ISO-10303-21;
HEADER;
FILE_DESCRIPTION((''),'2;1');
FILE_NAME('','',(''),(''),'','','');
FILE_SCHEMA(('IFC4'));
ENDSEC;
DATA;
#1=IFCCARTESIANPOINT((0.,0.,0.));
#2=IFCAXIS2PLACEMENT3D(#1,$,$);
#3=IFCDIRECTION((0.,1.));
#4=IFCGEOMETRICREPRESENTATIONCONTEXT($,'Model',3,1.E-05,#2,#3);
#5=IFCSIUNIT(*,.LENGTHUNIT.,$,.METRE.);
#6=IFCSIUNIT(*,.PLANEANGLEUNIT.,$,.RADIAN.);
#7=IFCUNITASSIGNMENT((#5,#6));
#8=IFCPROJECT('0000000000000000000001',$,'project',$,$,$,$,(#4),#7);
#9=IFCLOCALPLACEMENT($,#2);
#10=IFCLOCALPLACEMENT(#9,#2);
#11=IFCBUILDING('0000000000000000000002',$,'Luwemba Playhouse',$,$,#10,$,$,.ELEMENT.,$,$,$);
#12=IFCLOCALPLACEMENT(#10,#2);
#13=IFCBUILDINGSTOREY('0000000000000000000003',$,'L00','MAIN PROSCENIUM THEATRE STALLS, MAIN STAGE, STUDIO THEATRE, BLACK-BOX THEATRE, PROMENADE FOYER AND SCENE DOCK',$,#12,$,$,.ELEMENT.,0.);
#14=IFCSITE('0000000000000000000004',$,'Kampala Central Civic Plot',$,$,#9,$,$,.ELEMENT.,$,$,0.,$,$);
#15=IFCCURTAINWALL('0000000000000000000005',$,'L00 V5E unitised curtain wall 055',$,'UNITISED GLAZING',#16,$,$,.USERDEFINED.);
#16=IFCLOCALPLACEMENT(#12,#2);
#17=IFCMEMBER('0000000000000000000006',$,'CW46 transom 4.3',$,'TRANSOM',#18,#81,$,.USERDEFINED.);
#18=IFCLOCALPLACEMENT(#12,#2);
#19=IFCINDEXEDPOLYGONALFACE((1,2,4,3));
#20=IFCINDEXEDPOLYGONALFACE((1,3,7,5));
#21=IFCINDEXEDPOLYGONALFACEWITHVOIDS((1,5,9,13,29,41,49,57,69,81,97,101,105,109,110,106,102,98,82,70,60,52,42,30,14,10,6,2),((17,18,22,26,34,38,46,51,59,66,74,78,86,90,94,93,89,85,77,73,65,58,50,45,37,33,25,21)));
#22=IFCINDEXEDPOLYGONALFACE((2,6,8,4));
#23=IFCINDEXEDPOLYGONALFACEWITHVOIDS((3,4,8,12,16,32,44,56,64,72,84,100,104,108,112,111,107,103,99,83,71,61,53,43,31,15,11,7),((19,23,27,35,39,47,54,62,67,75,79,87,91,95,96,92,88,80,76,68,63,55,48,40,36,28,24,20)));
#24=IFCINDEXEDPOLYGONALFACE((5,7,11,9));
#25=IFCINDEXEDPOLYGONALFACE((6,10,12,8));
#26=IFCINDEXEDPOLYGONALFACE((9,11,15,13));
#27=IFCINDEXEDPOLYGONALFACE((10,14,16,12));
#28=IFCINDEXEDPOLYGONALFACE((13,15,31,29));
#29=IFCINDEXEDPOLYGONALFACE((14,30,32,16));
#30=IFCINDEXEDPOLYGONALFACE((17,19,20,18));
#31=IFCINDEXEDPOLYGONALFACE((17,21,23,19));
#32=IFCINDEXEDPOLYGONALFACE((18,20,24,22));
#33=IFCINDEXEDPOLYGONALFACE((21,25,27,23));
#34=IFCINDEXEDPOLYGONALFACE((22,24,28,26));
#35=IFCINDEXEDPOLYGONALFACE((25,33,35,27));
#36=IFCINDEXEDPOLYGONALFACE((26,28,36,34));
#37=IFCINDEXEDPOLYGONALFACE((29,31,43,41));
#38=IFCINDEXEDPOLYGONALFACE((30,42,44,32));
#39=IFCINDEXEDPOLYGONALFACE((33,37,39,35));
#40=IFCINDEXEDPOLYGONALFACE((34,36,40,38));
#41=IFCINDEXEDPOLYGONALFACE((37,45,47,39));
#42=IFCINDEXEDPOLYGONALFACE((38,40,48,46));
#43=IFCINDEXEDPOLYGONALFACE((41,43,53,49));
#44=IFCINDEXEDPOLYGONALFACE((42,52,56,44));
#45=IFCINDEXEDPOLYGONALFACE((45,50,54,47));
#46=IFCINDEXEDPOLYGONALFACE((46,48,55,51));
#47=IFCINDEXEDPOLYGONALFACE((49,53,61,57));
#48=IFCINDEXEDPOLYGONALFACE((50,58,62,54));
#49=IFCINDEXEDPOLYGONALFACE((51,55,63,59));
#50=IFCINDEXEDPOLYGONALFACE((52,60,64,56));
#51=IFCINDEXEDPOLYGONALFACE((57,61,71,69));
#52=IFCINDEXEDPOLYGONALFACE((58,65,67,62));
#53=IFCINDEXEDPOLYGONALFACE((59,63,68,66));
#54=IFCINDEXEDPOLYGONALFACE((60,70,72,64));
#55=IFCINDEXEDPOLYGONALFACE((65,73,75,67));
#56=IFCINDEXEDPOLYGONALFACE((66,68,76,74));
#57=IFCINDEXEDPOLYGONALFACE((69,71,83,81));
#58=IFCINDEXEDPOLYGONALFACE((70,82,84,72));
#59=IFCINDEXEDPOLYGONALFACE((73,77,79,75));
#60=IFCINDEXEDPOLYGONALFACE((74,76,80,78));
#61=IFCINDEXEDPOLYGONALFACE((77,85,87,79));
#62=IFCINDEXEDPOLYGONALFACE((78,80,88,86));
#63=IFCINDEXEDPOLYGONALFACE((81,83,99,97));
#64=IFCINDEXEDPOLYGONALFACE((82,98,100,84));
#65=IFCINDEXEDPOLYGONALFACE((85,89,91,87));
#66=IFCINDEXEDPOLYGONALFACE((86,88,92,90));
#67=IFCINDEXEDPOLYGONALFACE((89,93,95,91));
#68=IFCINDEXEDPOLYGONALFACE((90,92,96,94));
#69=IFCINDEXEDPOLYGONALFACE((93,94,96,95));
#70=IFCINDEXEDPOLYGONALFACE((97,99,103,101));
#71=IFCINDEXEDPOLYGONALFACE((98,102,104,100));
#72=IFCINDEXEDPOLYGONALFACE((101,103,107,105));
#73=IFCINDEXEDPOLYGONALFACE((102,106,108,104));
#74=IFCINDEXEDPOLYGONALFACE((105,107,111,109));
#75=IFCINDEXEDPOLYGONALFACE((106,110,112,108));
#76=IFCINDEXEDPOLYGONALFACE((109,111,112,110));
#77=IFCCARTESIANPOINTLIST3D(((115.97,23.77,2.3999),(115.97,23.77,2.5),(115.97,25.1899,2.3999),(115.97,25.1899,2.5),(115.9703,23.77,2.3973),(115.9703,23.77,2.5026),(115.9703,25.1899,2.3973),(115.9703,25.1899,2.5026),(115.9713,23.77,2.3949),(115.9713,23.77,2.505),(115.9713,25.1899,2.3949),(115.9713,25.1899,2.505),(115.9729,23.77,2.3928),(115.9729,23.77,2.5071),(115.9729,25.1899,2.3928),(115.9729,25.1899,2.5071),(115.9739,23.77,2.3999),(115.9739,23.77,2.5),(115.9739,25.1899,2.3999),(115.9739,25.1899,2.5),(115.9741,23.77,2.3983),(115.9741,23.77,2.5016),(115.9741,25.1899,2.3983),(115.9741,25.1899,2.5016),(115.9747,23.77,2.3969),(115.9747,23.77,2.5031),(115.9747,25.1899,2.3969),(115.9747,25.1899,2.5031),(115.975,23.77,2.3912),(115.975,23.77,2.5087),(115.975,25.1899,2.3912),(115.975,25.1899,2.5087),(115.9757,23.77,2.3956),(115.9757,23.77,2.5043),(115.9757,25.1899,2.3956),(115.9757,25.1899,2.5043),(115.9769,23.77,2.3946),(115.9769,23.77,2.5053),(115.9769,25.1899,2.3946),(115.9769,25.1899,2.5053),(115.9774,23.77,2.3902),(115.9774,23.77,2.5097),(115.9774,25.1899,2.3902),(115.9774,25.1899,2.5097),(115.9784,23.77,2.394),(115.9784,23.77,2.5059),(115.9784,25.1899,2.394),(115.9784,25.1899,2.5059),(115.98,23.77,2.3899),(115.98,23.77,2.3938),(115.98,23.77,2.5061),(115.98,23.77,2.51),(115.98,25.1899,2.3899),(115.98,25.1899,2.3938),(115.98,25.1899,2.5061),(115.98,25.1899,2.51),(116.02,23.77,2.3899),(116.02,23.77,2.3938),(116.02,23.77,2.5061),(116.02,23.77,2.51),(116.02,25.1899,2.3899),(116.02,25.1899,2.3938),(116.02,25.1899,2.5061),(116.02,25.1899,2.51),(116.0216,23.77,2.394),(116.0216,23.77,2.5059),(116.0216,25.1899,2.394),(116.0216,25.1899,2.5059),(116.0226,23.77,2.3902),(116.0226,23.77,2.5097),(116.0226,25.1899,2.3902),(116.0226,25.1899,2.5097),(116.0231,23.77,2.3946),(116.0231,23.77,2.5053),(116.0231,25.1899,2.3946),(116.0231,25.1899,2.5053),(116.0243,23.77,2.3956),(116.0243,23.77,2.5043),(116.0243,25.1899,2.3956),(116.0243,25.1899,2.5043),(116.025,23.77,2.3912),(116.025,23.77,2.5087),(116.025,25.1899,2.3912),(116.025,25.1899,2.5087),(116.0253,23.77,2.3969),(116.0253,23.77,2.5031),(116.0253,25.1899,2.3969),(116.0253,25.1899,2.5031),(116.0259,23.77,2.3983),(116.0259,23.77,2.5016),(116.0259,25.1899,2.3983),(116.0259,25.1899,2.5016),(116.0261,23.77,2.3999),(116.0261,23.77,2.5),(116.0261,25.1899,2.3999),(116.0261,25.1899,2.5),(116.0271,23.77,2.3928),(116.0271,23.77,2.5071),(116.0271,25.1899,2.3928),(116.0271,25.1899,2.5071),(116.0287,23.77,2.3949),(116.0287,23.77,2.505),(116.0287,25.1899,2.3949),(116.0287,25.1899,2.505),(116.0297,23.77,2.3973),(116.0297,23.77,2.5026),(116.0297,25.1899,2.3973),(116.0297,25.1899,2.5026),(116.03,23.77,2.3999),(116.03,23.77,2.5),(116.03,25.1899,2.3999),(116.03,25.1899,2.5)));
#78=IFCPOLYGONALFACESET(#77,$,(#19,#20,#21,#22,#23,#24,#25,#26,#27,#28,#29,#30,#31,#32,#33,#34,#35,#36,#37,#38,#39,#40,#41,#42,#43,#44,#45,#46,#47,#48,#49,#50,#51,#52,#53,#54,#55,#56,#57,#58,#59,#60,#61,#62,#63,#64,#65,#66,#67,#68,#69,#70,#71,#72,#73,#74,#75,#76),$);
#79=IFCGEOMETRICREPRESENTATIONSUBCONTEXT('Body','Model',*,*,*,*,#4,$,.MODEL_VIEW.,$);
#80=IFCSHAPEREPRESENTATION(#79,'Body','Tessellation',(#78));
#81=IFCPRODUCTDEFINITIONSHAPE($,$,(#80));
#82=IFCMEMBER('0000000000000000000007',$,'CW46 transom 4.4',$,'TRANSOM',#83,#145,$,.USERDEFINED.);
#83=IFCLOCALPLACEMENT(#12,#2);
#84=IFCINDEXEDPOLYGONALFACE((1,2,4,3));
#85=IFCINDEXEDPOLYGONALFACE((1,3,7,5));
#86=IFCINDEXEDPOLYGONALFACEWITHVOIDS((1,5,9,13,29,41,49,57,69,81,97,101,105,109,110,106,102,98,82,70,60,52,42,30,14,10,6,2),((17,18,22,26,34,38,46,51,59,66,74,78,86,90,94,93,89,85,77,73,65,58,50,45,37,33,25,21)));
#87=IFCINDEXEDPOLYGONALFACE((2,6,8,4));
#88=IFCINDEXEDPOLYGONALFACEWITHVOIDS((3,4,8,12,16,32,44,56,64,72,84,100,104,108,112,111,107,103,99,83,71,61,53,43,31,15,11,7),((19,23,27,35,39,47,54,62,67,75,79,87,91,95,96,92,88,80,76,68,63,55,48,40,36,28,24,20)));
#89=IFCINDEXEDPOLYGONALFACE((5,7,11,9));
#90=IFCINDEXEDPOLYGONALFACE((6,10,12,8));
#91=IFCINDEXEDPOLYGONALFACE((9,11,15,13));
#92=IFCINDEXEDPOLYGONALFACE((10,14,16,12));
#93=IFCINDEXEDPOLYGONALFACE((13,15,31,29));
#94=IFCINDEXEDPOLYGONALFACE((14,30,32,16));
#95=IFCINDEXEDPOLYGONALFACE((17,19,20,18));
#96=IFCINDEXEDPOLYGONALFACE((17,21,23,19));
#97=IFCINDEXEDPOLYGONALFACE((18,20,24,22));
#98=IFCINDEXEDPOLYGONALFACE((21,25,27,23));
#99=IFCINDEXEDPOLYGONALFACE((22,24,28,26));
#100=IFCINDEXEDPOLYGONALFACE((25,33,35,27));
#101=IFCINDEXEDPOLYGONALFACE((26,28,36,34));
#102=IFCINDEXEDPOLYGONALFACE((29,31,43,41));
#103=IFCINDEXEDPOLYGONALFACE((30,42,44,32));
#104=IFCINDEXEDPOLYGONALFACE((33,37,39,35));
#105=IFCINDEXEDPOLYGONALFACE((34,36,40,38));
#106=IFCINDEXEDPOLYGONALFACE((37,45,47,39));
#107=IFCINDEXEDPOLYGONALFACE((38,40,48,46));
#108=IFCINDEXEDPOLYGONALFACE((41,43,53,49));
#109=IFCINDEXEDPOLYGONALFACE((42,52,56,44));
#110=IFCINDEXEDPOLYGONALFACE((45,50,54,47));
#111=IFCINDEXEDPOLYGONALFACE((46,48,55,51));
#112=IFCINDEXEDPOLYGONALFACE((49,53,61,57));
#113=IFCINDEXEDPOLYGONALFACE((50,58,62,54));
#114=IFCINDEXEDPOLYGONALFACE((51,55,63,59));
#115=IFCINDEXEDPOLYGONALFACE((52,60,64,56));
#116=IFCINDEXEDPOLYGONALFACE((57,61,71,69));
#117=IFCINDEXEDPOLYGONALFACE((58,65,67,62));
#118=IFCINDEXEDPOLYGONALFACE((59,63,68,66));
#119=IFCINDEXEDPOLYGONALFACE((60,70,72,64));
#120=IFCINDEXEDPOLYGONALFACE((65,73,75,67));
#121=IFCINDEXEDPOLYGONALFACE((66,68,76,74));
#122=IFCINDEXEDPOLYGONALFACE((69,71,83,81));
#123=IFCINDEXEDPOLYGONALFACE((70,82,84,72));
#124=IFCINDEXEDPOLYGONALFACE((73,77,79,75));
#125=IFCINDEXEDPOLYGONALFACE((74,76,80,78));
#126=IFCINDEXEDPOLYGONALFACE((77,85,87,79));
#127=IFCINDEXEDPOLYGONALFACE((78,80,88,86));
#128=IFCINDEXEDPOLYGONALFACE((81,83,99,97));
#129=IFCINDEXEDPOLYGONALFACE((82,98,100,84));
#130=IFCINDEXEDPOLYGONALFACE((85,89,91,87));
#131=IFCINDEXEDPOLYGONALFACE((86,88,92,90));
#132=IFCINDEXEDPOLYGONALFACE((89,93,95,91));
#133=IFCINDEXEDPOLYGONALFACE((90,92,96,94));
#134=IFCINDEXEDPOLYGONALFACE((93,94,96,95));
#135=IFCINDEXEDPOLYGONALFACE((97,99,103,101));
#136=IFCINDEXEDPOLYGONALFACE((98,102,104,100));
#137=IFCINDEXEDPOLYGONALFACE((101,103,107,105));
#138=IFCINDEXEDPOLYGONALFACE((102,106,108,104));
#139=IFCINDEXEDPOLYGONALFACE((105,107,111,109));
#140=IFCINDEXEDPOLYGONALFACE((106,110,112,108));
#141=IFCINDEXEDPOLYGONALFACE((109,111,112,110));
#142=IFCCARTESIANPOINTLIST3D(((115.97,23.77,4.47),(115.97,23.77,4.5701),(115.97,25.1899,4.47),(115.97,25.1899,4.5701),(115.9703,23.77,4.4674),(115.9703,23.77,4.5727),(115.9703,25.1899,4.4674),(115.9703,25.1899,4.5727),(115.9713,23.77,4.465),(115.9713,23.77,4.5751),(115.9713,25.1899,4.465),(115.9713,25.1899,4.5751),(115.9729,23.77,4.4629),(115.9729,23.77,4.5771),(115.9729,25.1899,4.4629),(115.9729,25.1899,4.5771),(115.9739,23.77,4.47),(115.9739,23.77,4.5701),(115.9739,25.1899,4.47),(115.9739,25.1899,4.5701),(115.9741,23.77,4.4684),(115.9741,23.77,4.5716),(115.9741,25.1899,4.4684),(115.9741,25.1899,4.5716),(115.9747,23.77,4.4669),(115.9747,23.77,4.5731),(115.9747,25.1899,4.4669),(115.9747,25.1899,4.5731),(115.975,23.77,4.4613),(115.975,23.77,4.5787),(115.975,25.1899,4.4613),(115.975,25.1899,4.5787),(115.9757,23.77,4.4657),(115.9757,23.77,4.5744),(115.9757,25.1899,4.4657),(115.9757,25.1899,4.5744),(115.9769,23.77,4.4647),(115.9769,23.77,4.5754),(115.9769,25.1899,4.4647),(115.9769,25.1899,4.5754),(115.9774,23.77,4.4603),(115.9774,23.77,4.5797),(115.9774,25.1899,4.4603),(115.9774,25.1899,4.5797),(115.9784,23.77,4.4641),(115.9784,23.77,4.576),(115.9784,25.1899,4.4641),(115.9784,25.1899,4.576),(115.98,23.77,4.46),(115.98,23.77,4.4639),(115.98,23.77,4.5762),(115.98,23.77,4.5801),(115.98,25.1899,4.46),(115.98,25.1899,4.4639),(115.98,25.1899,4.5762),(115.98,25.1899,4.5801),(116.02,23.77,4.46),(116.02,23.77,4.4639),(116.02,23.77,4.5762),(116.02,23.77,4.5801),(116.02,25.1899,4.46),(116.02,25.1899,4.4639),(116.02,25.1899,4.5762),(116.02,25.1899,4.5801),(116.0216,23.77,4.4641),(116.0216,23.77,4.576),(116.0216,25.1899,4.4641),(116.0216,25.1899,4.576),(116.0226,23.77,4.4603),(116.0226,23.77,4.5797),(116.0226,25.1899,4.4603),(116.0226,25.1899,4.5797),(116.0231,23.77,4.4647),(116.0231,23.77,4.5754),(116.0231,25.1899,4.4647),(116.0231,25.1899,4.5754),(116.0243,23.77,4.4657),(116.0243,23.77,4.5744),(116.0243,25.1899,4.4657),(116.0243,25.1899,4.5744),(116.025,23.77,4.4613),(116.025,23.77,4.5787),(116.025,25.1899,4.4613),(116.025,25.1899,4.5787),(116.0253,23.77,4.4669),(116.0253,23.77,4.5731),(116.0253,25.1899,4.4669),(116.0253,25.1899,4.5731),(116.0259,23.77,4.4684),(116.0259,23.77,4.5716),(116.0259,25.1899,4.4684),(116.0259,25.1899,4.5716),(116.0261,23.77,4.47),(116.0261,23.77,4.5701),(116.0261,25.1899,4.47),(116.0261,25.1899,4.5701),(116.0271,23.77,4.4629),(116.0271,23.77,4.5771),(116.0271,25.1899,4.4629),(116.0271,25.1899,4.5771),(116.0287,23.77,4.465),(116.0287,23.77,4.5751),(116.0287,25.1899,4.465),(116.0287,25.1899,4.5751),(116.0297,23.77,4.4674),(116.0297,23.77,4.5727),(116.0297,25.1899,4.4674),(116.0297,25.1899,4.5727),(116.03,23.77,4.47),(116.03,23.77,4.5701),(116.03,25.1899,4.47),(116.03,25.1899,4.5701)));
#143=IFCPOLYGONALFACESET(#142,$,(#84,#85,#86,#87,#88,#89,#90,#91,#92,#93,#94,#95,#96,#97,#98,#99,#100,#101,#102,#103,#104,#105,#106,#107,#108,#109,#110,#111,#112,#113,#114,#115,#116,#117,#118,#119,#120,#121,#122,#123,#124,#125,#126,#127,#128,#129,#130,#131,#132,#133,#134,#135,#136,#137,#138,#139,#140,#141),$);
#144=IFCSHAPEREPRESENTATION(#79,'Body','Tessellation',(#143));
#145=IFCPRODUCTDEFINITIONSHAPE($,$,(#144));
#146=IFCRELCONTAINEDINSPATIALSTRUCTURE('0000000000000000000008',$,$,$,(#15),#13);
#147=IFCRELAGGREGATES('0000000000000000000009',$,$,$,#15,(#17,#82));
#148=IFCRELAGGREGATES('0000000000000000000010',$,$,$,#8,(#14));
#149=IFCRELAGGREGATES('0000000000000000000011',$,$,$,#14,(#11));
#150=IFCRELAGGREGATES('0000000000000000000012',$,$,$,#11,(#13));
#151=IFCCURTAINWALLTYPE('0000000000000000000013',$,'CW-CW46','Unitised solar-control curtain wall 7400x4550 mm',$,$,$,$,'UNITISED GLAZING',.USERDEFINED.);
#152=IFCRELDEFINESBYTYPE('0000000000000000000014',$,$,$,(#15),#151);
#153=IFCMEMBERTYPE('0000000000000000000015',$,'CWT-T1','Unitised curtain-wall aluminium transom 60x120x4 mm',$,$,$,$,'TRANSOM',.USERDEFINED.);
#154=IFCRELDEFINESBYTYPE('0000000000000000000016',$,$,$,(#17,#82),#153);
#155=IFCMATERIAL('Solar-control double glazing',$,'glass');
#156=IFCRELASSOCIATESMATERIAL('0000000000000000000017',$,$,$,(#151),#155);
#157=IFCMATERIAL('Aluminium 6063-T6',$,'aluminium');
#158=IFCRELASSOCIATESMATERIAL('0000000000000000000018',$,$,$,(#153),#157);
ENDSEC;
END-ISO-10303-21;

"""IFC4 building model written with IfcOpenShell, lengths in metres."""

from ifc_helpers import new_model, si_unit, direction, frame, origin, origin_2d, place, context, subcontext, project, spatial, hollow_rectangle, extrude, material, material_profile, profile_set, type_object, element, aggregate, save


model = new_model("IFC4")

# Units and contexts
model_context = context("Model", 3, precision=1e-05, world=origin(), true_north=direction((0.0, 1.0)))
body_context = subcontext(model_context, "Body", "Model", "MODEL_VIEW")
ifc_project = project(units=[si_unit("LENGTHUNIT", "METRE"), si_unit("PLANEANGLEUNIT", "RADIAN")], contexts=[model_context])

# Site, building, storey
site_placement = place(None, origin())
site = spatial("IfcSite", under=ifc_project, at=site_placement, Name="Kampala Central Civic Plot", CompositionType="ELEMENT", RefElevation=0.0)
building_placement = place(site_placement, origin())
building = spatial("IfcBuilding", under=site, at=building_placement, Name="Luwemba Playhouse", CompositionType="ELEMENT")
storey_placement = place(building_placement, origin())
storey = spatial("IfcBuildingStorey", under=building, at=storey_placement, Name="L00", Description="MAIN PROSCENIUM THEATRE STALLS, MAIN STAGE, STUDIO THEATRE, BLACK-BOX THEATRE, PROMENADE FOYER AND SCENE DOCK", CompositionType="ELEMENT", Elevation=0.0)

# Curtain wall, members
ifc_material_1 = material(Name="Solar-control double glazing", Category="glass")
curtain_wall_type = type_object("IfcCurtainWallType", Name="CW-CW46", Description="Unitised solar-control curtain wall 7400x4550 mm", ElementType="UNITISED GLAZING", PredefinedType="USERDEFINED", material=ifc_material_1)
curtain_wall_placement = place(storey_placement, origin())
curtain_wall = element("IfcCurtainWall", 1, at=curtain_wall_placement, inside=storey, type_object=curtain_wall_type, Name="L00 V5E unitised curtain wall 055", ObjectType="UNITISED GLAZING", PredefinedType="USERDEFINED")
ifc_material_2 = material(Name="Aluminium 6063-T6", Category="aluminium")
ifc_material_profile_1 = material_profile(ifc_material_2, hollow_rectangle(XDim=0.0601, YDim=0.1201, WallThickness=0.0039, InnerFilletRadius=0.0061, OuterFilletRadius=0.01, at=origin_2d()))
ifc_profile_set_1 = profile_set([ifc_material_profile_1], Name="Aluminium 6063-T6")
member_type_1 = type_object("IfcMemberType", Name="CWT-T1", Description="Unitised curtain-wall aluminium transom 60x120x4 mm", ElementType="TRANSOM", PredefinedType="USERDEFINED", material=ifc_profile_set_1)
member_1_placement = place(storey_placement, frame((116.0, 23.77, 2.45), z_axis=(0.0, 1.0, 0.0), x_axis=(-1.0, 0.0, 0.0)))
member_1 = element("IfcMember", 2, at=member_1_placement, type_object=member_type_1, Name="CW46 transom 4.3", ObjectType="TRANSOM", PredefinedType="USERDEFINED", context=body_context, shape_type="SweptSolid", body=[
    extrude(hollow_rectangle(XDim=0.0601, YDim=0.1201, WallThickness=0.0039, InnerFilletRadius=0.0061, OuterFilletRadius=0.01, at=origin_2d()), origin(), (0.0, 0.0, 1.0), 1.4199),
])
member_2_placement = place(storey_placement, frame((116.0, 23.77, 4.52), z_axis=(0.0, 1.0, 0.0), x_axis=(-1.0, 0.0, 0.0)))
member_2 = element("IfcMember", 3, at=member_2_placement, type_object=member_type_1, Name="CW46 transom 4.4", ObjectType="TRANSOM", PredefinedType="USERDEFINED", context=body_context, shape_type="SweptSolid", body=[
    extrude(hollow_rectangle(XDim=0.0601, YDim=0.1201, WallThickness=0.0039, InnerFilletRadius=0.0061, OuterFilletRadius=0.01, at=origin_2d()), origin(), (0.0, 0.0, 1.0), 1.4199),
])
aggregate(curtain_wall, [member_1, member_2])

save(model, "model.ifc")
